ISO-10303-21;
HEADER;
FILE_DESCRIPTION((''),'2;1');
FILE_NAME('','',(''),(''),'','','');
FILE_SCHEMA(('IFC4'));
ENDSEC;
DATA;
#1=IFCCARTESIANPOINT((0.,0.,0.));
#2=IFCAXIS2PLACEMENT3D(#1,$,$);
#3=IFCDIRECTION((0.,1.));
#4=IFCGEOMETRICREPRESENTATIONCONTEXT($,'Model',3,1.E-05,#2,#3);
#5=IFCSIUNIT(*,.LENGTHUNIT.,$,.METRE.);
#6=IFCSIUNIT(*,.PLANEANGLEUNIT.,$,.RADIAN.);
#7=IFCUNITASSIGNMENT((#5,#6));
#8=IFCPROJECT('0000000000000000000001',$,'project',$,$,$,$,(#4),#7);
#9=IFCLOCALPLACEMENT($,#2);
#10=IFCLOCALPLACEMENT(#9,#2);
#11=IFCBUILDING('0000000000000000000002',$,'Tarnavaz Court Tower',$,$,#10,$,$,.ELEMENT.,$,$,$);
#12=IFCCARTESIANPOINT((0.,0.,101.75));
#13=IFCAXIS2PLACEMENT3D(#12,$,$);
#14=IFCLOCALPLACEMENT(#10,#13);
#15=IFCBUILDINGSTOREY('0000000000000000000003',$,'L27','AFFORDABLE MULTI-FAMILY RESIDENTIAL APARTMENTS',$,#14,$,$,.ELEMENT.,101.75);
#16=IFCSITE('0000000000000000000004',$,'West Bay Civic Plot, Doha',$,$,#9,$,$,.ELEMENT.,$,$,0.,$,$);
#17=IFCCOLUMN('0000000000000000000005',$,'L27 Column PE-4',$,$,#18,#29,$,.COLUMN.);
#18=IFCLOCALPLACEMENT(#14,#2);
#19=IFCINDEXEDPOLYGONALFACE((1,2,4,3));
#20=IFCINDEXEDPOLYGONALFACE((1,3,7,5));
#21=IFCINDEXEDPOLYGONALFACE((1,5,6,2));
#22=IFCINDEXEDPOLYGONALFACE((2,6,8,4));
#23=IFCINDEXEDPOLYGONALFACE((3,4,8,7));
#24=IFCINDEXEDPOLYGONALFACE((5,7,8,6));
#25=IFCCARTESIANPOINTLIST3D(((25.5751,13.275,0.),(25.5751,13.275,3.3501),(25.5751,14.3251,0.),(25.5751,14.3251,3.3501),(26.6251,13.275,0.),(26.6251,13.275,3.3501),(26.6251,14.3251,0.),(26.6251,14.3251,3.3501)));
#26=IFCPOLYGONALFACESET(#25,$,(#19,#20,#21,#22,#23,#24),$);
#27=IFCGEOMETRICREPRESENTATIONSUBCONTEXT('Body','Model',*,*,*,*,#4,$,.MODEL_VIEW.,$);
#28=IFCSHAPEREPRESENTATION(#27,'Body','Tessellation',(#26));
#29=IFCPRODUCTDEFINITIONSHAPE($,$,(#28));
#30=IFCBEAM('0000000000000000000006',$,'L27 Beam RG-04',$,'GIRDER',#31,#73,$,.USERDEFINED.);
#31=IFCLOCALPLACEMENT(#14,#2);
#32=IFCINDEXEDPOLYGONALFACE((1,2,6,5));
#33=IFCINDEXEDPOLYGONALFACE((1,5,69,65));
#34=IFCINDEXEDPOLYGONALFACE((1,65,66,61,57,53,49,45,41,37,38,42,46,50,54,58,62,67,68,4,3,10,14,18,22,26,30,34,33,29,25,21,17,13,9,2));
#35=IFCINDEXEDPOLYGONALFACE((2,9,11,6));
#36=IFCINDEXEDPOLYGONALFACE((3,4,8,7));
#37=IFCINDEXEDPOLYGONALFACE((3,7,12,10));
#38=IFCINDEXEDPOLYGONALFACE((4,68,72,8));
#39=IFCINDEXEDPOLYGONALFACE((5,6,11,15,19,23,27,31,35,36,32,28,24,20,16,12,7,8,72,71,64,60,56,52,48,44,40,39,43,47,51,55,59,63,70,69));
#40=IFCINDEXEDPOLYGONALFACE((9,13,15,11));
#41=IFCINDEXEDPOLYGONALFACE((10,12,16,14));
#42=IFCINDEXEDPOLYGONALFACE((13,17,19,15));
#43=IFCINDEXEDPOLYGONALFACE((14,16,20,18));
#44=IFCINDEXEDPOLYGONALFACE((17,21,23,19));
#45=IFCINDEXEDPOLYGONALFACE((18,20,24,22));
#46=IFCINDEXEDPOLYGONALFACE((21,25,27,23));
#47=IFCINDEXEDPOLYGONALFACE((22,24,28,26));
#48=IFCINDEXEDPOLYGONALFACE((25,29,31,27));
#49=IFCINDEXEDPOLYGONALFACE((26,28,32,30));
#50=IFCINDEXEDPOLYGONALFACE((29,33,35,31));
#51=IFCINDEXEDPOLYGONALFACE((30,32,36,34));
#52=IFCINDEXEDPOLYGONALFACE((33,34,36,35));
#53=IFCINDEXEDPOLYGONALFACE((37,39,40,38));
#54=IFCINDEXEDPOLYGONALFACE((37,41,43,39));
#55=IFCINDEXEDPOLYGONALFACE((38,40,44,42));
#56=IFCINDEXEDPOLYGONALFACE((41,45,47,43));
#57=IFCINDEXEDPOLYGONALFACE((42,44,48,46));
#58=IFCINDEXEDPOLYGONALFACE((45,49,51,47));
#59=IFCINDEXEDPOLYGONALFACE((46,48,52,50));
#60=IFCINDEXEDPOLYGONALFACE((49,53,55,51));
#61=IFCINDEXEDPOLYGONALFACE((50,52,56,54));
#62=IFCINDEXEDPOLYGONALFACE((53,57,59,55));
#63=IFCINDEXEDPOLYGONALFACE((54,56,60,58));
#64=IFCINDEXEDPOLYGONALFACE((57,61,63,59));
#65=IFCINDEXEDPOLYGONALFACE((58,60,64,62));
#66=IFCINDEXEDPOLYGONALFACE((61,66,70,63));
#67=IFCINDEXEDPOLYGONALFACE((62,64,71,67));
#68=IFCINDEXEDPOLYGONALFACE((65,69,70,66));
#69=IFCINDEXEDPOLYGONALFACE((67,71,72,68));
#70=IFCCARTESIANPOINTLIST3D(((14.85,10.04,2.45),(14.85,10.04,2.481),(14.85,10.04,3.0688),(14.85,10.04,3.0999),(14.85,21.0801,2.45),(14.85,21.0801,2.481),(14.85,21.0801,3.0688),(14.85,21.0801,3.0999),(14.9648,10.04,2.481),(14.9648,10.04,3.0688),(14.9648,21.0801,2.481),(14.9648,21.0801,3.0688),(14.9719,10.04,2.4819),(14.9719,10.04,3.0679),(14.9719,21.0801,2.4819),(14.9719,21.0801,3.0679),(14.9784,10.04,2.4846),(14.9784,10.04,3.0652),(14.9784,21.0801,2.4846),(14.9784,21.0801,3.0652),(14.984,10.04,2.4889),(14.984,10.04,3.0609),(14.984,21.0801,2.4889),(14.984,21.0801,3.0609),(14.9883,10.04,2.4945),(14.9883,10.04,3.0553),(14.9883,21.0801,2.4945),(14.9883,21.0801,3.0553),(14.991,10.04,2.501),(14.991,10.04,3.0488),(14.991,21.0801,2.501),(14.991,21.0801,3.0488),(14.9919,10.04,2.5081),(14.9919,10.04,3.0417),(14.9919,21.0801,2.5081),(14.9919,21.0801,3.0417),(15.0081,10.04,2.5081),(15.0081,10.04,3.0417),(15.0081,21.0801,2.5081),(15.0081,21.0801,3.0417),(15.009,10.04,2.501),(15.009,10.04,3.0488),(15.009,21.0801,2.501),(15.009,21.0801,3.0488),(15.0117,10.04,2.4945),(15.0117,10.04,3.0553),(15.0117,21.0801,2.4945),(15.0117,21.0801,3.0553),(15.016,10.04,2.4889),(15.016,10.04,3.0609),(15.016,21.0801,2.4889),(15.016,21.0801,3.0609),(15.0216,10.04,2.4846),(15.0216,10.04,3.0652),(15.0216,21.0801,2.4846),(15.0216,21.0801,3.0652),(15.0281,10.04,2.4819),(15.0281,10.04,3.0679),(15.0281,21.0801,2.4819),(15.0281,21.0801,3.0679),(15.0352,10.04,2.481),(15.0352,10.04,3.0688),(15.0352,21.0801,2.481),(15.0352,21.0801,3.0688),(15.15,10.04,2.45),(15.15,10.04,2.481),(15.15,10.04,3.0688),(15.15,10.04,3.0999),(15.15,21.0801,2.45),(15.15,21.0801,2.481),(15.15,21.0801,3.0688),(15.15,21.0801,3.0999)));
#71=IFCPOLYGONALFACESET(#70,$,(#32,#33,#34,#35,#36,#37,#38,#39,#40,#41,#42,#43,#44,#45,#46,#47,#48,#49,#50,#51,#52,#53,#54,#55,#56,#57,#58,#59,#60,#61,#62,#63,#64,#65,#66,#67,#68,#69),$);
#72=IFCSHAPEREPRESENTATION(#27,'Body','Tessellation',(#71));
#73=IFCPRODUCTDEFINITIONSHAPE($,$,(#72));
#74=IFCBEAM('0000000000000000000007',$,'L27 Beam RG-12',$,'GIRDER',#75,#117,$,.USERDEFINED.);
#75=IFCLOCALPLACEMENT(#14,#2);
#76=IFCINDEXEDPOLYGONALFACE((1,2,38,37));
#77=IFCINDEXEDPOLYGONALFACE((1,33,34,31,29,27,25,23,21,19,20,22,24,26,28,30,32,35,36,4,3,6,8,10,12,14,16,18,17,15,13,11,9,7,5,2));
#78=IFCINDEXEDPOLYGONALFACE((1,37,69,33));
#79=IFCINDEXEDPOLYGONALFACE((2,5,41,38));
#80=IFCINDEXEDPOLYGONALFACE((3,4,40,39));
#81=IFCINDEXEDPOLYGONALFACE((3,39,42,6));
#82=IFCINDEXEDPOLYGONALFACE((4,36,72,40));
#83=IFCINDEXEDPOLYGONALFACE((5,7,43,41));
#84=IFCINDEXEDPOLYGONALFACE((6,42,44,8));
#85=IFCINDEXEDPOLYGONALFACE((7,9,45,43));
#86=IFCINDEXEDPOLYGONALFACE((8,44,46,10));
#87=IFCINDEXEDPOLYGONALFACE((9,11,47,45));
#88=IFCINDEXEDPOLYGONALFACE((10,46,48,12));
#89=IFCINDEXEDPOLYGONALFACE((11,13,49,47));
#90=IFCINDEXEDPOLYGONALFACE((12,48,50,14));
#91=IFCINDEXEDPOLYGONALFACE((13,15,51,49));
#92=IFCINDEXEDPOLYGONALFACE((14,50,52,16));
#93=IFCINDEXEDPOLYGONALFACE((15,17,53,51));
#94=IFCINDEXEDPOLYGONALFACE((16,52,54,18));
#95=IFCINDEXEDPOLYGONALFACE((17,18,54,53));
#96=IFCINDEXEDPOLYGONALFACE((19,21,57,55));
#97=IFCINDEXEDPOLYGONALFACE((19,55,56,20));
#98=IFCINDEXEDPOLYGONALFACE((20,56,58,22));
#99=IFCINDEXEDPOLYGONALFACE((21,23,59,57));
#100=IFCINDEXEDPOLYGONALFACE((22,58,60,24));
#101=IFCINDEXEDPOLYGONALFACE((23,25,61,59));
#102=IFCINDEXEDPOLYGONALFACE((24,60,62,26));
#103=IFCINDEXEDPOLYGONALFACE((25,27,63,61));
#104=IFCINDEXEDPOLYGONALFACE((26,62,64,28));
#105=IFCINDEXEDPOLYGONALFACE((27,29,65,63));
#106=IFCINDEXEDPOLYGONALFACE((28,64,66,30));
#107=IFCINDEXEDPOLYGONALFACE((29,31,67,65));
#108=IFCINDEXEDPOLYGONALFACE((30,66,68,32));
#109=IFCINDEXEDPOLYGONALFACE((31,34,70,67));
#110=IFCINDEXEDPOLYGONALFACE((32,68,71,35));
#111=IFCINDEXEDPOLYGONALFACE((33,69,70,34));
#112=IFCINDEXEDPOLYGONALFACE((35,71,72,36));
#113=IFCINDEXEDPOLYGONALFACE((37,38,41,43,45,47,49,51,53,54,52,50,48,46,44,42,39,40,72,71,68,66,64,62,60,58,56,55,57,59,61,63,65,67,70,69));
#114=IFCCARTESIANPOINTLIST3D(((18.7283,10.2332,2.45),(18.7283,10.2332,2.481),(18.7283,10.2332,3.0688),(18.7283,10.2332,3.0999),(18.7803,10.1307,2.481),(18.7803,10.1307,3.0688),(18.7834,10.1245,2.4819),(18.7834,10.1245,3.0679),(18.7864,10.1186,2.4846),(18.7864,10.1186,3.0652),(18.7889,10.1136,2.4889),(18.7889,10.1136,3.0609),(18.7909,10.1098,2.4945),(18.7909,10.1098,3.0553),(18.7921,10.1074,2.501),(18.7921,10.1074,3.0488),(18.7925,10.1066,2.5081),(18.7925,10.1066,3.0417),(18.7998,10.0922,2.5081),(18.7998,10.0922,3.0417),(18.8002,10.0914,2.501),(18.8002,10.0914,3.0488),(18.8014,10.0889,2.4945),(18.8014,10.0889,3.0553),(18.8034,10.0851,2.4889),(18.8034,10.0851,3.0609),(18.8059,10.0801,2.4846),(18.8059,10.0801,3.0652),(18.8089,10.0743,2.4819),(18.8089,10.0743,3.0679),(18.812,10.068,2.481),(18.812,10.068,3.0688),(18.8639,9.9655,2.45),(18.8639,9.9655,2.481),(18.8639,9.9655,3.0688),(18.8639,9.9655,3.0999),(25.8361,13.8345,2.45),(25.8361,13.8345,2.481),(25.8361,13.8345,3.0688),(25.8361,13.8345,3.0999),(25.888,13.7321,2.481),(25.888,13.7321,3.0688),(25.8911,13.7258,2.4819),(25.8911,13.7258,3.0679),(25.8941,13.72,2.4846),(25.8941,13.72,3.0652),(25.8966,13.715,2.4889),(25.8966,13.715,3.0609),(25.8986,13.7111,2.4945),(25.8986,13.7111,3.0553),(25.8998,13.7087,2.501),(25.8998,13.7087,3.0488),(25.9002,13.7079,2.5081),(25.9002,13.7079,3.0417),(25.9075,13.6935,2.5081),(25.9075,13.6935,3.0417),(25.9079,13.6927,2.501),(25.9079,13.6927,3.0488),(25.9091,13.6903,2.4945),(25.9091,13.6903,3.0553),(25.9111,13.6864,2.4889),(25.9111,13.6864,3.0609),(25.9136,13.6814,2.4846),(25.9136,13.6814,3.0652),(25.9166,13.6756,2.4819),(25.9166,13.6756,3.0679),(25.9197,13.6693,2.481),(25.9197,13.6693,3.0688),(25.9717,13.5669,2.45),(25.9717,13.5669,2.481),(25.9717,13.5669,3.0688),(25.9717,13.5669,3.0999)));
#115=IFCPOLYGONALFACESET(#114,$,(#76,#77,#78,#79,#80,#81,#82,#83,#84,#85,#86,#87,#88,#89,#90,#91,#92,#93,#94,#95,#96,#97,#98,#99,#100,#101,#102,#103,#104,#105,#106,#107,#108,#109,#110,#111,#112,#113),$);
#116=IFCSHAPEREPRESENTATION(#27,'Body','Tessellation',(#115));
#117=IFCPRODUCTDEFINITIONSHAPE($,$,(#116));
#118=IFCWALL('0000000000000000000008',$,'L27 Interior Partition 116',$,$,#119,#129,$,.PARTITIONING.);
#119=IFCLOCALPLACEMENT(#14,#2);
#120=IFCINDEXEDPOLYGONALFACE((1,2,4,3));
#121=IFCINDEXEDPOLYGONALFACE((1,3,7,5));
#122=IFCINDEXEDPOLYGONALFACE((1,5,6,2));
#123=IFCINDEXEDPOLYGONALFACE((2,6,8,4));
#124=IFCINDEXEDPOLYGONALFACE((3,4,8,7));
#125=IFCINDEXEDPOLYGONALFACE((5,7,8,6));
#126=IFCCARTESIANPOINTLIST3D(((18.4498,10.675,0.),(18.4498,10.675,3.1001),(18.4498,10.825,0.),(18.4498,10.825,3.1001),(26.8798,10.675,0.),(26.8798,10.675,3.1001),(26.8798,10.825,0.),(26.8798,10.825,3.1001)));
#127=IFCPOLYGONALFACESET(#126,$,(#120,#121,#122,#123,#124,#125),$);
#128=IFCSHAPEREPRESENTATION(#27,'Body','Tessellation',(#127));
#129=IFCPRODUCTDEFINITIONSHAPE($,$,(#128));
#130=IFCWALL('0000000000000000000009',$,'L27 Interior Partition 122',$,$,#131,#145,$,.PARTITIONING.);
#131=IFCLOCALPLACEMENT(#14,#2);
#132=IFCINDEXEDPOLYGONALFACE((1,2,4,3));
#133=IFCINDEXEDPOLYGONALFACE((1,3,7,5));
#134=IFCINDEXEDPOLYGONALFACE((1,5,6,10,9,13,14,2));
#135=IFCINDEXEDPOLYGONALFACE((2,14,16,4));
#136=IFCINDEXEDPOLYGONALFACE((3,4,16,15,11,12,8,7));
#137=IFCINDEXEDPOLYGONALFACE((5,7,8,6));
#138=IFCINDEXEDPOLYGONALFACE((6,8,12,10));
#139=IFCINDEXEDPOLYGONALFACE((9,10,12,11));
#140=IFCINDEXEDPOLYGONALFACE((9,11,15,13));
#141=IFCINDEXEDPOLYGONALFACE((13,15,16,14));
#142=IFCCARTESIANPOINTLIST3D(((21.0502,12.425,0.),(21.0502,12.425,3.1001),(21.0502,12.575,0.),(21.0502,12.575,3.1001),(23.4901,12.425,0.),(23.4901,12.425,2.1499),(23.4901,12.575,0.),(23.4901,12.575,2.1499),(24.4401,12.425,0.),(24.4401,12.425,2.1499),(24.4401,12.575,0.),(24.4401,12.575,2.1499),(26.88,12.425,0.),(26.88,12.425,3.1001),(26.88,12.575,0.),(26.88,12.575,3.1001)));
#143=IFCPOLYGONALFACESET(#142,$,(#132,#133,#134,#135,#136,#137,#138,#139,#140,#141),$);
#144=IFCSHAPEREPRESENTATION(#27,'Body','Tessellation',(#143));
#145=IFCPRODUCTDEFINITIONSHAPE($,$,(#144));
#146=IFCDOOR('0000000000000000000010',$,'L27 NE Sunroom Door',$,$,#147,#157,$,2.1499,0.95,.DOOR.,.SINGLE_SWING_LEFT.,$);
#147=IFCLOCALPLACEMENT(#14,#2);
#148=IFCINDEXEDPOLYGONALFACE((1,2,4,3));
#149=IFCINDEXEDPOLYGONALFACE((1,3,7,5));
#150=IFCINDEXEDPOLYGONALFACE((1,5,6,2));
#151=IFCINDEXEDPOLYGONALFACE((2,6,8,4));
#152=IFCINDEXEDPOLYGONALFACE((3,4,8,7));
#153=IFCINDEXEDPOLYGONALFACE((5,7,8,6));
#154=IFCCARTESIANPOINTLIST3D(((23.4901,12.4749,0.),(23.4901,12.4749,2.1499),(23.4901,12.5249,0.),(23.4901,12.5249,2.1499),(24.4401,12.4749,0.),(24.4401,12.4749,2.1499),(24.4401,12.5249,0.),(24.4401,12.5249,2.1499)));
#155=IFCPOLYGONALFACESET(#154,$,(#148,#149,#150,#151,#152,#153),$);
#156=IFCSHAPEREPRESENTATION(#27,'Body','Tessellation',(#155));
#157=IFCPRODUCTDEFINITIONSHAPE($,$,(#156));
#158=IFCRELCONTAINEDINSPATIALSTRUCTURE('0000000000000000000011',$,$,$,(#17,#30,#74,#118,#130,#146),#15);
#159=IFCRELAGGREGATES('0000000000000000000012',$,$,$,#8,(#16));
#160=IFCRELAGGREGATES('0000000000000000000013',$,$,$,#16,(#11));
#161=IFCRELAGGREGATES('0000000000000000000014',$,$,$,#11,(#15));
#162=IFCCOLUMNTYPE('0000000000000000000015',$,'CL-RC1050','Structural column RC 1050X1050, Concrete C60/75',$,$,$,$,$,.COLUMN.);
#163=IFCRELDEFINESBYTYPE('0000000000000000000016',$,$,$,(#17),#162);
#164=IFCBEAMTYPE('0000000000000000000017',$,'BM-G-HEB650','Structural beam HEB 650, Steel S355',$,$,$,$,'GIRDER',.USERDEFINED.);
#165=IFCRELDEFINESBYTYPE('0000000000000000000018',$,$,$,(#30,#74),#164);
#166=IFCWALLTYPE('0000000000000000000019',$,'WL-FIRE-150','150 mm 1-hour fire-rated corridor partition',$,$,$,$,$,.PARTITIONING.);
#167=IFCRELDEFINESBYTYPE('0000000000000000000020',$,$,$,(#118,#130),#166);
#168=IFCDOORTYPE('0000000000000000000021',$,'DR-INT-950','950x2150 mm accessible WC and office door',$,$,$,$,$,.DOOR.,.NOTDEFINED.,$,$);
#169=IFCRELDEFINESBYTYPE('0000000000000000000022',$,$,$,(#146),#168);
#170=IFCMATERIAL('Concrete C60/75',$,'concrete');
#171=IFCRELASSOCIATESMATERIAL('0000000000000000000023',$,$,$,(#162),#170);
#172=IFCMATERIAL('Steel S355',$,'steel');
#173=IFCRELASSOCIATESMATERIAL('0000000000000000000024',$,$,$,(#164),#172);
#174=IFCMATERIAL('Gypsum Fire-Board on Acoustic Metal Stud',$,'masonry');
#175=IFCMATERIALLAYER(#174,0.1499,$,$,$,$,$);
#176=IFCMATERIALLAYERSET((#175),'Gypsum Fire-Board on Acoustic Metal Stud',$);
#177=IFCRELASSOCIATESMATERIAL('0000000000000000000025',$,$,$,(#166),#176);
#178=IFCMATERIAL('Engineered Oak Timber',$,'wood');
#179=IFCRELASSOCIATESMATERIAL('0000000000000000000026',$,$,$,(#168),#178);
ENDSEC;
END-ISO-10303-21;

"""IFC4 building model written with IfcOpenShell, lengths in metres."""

from ifc_helpers import new_model, si_unit, direction, frame, frame_2d, origin, origin_2d, place, context, subcontext, project, spatial, rectangle, i_section, extrude, material, layer, layer_set, material_profile, profile_set, type_object, element, fill, save


model = new_model("IFC4")

# Units and contexts
model_context = context("Model", 3, precision=1e-05, world=origin(), true_north=direction((0.0, 1.0)))
body_context = subcontext(model_context, "Body", "Model", "MODEL_VIEW")
ifc_project = project(units=[si_unit("LENGTHUNIT", "METRE"), si_unit("PLANEANGLEUNIT", "RADIAN")], contexts=[model_context])

# Site, building, storey
site_placement = place(None, origin())
site = spatial("IfcSite", under=ifc_project, at=site_placement, Name="West Bay Civic Plot, Doha", CompositionType="ELEMENT", RefElevation=0.0)
building_placement = place(site_placement, origin())
building = spatial("IfcBuilding", under=site, at=building_placement, Name="Tarnavaz Court Tower", CompositionType="ELEMENT")
storey_placement = place(building_placement, frame((0.0, 0.0, 101.75)))
storey = spatial("IfcBuildingStorey", under=building, at=storey_placement, Name="L27", Description="AFFORDABLE MULTI-FAMILY RESIDENTIAL APARTMENTS", CompositionType="ELEMENT", Elevation=101.75)

# Column
ifc_material_1 = material(Name="Concrete C60/75", Category="concrete")
ifc_material_profile_1 = material_profile(ifc_material_1, rectangle(XDim=1.05, YDim=1.05, at=origin_2d()), Name="RC 1050X1050")
ifc_profile_set_1 = profile_set([ifc_material_profile_1], Name="Concrete C60/75")
column_type = type_object("IfcColumnType", Name="CL-RC1050", Description="Structural column RC 1050X1050, Concrete C60/75", PredefinedType="COLUMN", material=ifc_profile_set_1)
column_placement = place(storey_placement, frame((26.1001, 13.8, 0.0), z_axis=(0.0, 0.0, 1.0), x_axis=(1.0, 0.0, 0.0)))
element("IfcColumn", 1, at=column_placement, inside=storey, type_object=column_type, Name="L27 Column PE-4", PredefinedType="COLUMN", context=body_context, shape_type="SweptSolid", body=[
    extrude(rectangle(XDim=1.05, YDim=1.05, at=origin_2d()), origin(), (0.0, 0.0, 1.0), 3.3501),
])

# Beams
ifc_material_2 = material(Name="Steel S355", Category="steel")
ifc_material_profile_2 = material_profile(ifc_material_2, i_section(OverallWidth=0.3, OverallDepth=0.6499, WebThickness=0.0161, FlangeThickness=0.031, FilletRadius=0.0271, at=origin_2d()), Name="HEB 650")
ifc_profile_set_2 = profile_set([ifc_material_profile_2], Name="Steel S355")
beam_type = type_object("IfcBeamType", Name="BM-G-HEB650", Description="Structural beam HEB 650, Steel S355", ElementType="GIRDER", PredefinedType="USERDEFINED", material=ifc_profile_set_2)
beam_1_placement = place(storey_placement, frame((15.0, 10.04, 2.7749), z_axis=(0.0, 1.0, 0.0), x_axis=(-1.0, 0.0, 0.0)))
element("IfcBeam", 2, at=beam_1_placement, inside=storey, type_object=beam_type, Name="L27 Beam RG-04", ObjectType="GIRDER", PredefinedType="USERDEFINED", context=body_context, shape_type="SweptSolid", body=[
    extrude(i_section(OverallWidth=0.3, OverallDepth=0.6499, WebThickness=0.0161, FlangeThickness=0.031, FilletRadius=0.0271, at=origin_2d()), origin(), (0.0, 0.0, 1.0), 11.04),
])
beam_2_placement = place(storey_placement, frame((18.7961, 10.0994, 2.7749), z_axis=(0.892031, 0.451975, 0.0), x_axis=(-0.451975, 0.892031, 0.0)))
element("IfcBeam", 3, at=beam_2_placement, inside=storey, type_object=beam_type, Name="L27 Beam RG-12", ObjectType="GIRDER", PredefinedType="USERDEFINED", context=body_context, shape_type="SweptSolid", body=[
    extrude(i_section(OverallWidth=0.3, OverallDepth=0.6499, WebThickness=0.0161, FlangeThickness=0.031, FilletRadius=0.0271, at=origin_2d()), origin(), (0.0, 0.0, 1.0), 7.968),
])

# Wall
ifc_material_3 = material(Name="Gypsum Fire-Board on Acoustic Metal Stud", Category="masonry")
ifc_layer_1 = layer(ifc_material_3, 0.1499)
ifc_layer_set_1 = layer_set([ifc_layer_1], Name="Gypsum Fire-Board on Acoustic Metal Stud")
wall_type_1 = type_object("IfcWallType", Name="WL-FIRE-150", Description="150 mm 1-hour fire-rated corridor partition", PredefinedType="PARTITIONING", material=ifc_layer_set_1)
wall_1_placement = place(storey_placement, frame((18.45, 10.75, 0.0), z_axis=(0.0, 0.0, 1.0), x_axis=(1.0, 0.0, 0.0)))
element("IfcWall", 4, at=wall_1_placement, inside=storey, type_object=wall_type_1, Name="L27 Interior Partition 116", PredefinedType="PARTITIONING", context=body_context, shape_type="SweptSolid", body=[
    extrude(rectangle(XDim=8.4299, YDim=0.1499, at=frame_2d((4.2148, 0.0))), origin(), (0.0, 0.0, 1.0), 3.1001),
])

# Wall, opening, door
wall_2_placement = place(storey_placement, frame((21.05, 12.5, 0.0), z_axis=(0.0, 0.0, 1.0), x_axis=(1.0, 0.0, 0.0)))
wall_2 = element("IfcWall", 5, at=wall_2_placement, inside=storey, type_object=wall_type_1, Name="L27 Interior Partition 122", PredefinedType="PARTITIONING", context=body_context, shape_type="SweptSolid", body=[
    extrude(rectangle(XDim=5.8298, YDim=0.1499, at=frame_2d((2.915, 0.0))), origin(), (0.0, 0.0, 1.0), 3.1001),
])
opening_1_placement = place(wall_2_placement, frame((2.4399, 0.0, 0.0)))
opening_1 = element("IfcOpeningElement", 6, at=opening_1_placement, cuts=wall_2, PredefinedType="OPENING", context=body_context, shape_type="SweptSolid", body=[
    extrude(rectangle(XDim=0.95, YDim=2.1499, at=frame_2d((0.4751, 1.075))), frame((0.0, 0.085, 0.0), z_axis=(0.0, -1.0, 0.0), x_axis=(1.0, 0.0, 0.0)), (0.0, 0.0, 1.0), 0.1699),
])
ifc_material_4 = material(Name="Engineered Oak Timber", Category="wood")
door_type_1 = type_object("IfcDoorType", Name="DR-INT-950", Description="950x2150 mm accessible WC and office door", OperationType="NOTDEFINED", PredefinedType="DOOR", material=ifc_material_4)
door_1_placement = place(opening_1_placement, origin())
door_1 = element("IfcDoor", 7, at=door_1_placement, inside=storey, type_object=door_type_1, Name="L27 NE Sunroom Door", OperationType="SINGLE_SWING_LEFT", OverallHeight=2.1499, OverallWidth=0.95, PredefinedType="DOOR", context=body_context, shape_type="SweptSolid", body=[
    extrude(rectangle(XDim=0.95, YDim=2.1499, at=frame_2d((0.4751, 1.075))), frame((0.0, 0.0249, 0.0), z_axis=(0.0, -1.0, 0.0), x_axis=(1.0, 0.0, 0.0)), (0.0, 0.0, 1.0), 0.05),
])
fill(opening_1, door_1)

save(model, "model.ifc")
